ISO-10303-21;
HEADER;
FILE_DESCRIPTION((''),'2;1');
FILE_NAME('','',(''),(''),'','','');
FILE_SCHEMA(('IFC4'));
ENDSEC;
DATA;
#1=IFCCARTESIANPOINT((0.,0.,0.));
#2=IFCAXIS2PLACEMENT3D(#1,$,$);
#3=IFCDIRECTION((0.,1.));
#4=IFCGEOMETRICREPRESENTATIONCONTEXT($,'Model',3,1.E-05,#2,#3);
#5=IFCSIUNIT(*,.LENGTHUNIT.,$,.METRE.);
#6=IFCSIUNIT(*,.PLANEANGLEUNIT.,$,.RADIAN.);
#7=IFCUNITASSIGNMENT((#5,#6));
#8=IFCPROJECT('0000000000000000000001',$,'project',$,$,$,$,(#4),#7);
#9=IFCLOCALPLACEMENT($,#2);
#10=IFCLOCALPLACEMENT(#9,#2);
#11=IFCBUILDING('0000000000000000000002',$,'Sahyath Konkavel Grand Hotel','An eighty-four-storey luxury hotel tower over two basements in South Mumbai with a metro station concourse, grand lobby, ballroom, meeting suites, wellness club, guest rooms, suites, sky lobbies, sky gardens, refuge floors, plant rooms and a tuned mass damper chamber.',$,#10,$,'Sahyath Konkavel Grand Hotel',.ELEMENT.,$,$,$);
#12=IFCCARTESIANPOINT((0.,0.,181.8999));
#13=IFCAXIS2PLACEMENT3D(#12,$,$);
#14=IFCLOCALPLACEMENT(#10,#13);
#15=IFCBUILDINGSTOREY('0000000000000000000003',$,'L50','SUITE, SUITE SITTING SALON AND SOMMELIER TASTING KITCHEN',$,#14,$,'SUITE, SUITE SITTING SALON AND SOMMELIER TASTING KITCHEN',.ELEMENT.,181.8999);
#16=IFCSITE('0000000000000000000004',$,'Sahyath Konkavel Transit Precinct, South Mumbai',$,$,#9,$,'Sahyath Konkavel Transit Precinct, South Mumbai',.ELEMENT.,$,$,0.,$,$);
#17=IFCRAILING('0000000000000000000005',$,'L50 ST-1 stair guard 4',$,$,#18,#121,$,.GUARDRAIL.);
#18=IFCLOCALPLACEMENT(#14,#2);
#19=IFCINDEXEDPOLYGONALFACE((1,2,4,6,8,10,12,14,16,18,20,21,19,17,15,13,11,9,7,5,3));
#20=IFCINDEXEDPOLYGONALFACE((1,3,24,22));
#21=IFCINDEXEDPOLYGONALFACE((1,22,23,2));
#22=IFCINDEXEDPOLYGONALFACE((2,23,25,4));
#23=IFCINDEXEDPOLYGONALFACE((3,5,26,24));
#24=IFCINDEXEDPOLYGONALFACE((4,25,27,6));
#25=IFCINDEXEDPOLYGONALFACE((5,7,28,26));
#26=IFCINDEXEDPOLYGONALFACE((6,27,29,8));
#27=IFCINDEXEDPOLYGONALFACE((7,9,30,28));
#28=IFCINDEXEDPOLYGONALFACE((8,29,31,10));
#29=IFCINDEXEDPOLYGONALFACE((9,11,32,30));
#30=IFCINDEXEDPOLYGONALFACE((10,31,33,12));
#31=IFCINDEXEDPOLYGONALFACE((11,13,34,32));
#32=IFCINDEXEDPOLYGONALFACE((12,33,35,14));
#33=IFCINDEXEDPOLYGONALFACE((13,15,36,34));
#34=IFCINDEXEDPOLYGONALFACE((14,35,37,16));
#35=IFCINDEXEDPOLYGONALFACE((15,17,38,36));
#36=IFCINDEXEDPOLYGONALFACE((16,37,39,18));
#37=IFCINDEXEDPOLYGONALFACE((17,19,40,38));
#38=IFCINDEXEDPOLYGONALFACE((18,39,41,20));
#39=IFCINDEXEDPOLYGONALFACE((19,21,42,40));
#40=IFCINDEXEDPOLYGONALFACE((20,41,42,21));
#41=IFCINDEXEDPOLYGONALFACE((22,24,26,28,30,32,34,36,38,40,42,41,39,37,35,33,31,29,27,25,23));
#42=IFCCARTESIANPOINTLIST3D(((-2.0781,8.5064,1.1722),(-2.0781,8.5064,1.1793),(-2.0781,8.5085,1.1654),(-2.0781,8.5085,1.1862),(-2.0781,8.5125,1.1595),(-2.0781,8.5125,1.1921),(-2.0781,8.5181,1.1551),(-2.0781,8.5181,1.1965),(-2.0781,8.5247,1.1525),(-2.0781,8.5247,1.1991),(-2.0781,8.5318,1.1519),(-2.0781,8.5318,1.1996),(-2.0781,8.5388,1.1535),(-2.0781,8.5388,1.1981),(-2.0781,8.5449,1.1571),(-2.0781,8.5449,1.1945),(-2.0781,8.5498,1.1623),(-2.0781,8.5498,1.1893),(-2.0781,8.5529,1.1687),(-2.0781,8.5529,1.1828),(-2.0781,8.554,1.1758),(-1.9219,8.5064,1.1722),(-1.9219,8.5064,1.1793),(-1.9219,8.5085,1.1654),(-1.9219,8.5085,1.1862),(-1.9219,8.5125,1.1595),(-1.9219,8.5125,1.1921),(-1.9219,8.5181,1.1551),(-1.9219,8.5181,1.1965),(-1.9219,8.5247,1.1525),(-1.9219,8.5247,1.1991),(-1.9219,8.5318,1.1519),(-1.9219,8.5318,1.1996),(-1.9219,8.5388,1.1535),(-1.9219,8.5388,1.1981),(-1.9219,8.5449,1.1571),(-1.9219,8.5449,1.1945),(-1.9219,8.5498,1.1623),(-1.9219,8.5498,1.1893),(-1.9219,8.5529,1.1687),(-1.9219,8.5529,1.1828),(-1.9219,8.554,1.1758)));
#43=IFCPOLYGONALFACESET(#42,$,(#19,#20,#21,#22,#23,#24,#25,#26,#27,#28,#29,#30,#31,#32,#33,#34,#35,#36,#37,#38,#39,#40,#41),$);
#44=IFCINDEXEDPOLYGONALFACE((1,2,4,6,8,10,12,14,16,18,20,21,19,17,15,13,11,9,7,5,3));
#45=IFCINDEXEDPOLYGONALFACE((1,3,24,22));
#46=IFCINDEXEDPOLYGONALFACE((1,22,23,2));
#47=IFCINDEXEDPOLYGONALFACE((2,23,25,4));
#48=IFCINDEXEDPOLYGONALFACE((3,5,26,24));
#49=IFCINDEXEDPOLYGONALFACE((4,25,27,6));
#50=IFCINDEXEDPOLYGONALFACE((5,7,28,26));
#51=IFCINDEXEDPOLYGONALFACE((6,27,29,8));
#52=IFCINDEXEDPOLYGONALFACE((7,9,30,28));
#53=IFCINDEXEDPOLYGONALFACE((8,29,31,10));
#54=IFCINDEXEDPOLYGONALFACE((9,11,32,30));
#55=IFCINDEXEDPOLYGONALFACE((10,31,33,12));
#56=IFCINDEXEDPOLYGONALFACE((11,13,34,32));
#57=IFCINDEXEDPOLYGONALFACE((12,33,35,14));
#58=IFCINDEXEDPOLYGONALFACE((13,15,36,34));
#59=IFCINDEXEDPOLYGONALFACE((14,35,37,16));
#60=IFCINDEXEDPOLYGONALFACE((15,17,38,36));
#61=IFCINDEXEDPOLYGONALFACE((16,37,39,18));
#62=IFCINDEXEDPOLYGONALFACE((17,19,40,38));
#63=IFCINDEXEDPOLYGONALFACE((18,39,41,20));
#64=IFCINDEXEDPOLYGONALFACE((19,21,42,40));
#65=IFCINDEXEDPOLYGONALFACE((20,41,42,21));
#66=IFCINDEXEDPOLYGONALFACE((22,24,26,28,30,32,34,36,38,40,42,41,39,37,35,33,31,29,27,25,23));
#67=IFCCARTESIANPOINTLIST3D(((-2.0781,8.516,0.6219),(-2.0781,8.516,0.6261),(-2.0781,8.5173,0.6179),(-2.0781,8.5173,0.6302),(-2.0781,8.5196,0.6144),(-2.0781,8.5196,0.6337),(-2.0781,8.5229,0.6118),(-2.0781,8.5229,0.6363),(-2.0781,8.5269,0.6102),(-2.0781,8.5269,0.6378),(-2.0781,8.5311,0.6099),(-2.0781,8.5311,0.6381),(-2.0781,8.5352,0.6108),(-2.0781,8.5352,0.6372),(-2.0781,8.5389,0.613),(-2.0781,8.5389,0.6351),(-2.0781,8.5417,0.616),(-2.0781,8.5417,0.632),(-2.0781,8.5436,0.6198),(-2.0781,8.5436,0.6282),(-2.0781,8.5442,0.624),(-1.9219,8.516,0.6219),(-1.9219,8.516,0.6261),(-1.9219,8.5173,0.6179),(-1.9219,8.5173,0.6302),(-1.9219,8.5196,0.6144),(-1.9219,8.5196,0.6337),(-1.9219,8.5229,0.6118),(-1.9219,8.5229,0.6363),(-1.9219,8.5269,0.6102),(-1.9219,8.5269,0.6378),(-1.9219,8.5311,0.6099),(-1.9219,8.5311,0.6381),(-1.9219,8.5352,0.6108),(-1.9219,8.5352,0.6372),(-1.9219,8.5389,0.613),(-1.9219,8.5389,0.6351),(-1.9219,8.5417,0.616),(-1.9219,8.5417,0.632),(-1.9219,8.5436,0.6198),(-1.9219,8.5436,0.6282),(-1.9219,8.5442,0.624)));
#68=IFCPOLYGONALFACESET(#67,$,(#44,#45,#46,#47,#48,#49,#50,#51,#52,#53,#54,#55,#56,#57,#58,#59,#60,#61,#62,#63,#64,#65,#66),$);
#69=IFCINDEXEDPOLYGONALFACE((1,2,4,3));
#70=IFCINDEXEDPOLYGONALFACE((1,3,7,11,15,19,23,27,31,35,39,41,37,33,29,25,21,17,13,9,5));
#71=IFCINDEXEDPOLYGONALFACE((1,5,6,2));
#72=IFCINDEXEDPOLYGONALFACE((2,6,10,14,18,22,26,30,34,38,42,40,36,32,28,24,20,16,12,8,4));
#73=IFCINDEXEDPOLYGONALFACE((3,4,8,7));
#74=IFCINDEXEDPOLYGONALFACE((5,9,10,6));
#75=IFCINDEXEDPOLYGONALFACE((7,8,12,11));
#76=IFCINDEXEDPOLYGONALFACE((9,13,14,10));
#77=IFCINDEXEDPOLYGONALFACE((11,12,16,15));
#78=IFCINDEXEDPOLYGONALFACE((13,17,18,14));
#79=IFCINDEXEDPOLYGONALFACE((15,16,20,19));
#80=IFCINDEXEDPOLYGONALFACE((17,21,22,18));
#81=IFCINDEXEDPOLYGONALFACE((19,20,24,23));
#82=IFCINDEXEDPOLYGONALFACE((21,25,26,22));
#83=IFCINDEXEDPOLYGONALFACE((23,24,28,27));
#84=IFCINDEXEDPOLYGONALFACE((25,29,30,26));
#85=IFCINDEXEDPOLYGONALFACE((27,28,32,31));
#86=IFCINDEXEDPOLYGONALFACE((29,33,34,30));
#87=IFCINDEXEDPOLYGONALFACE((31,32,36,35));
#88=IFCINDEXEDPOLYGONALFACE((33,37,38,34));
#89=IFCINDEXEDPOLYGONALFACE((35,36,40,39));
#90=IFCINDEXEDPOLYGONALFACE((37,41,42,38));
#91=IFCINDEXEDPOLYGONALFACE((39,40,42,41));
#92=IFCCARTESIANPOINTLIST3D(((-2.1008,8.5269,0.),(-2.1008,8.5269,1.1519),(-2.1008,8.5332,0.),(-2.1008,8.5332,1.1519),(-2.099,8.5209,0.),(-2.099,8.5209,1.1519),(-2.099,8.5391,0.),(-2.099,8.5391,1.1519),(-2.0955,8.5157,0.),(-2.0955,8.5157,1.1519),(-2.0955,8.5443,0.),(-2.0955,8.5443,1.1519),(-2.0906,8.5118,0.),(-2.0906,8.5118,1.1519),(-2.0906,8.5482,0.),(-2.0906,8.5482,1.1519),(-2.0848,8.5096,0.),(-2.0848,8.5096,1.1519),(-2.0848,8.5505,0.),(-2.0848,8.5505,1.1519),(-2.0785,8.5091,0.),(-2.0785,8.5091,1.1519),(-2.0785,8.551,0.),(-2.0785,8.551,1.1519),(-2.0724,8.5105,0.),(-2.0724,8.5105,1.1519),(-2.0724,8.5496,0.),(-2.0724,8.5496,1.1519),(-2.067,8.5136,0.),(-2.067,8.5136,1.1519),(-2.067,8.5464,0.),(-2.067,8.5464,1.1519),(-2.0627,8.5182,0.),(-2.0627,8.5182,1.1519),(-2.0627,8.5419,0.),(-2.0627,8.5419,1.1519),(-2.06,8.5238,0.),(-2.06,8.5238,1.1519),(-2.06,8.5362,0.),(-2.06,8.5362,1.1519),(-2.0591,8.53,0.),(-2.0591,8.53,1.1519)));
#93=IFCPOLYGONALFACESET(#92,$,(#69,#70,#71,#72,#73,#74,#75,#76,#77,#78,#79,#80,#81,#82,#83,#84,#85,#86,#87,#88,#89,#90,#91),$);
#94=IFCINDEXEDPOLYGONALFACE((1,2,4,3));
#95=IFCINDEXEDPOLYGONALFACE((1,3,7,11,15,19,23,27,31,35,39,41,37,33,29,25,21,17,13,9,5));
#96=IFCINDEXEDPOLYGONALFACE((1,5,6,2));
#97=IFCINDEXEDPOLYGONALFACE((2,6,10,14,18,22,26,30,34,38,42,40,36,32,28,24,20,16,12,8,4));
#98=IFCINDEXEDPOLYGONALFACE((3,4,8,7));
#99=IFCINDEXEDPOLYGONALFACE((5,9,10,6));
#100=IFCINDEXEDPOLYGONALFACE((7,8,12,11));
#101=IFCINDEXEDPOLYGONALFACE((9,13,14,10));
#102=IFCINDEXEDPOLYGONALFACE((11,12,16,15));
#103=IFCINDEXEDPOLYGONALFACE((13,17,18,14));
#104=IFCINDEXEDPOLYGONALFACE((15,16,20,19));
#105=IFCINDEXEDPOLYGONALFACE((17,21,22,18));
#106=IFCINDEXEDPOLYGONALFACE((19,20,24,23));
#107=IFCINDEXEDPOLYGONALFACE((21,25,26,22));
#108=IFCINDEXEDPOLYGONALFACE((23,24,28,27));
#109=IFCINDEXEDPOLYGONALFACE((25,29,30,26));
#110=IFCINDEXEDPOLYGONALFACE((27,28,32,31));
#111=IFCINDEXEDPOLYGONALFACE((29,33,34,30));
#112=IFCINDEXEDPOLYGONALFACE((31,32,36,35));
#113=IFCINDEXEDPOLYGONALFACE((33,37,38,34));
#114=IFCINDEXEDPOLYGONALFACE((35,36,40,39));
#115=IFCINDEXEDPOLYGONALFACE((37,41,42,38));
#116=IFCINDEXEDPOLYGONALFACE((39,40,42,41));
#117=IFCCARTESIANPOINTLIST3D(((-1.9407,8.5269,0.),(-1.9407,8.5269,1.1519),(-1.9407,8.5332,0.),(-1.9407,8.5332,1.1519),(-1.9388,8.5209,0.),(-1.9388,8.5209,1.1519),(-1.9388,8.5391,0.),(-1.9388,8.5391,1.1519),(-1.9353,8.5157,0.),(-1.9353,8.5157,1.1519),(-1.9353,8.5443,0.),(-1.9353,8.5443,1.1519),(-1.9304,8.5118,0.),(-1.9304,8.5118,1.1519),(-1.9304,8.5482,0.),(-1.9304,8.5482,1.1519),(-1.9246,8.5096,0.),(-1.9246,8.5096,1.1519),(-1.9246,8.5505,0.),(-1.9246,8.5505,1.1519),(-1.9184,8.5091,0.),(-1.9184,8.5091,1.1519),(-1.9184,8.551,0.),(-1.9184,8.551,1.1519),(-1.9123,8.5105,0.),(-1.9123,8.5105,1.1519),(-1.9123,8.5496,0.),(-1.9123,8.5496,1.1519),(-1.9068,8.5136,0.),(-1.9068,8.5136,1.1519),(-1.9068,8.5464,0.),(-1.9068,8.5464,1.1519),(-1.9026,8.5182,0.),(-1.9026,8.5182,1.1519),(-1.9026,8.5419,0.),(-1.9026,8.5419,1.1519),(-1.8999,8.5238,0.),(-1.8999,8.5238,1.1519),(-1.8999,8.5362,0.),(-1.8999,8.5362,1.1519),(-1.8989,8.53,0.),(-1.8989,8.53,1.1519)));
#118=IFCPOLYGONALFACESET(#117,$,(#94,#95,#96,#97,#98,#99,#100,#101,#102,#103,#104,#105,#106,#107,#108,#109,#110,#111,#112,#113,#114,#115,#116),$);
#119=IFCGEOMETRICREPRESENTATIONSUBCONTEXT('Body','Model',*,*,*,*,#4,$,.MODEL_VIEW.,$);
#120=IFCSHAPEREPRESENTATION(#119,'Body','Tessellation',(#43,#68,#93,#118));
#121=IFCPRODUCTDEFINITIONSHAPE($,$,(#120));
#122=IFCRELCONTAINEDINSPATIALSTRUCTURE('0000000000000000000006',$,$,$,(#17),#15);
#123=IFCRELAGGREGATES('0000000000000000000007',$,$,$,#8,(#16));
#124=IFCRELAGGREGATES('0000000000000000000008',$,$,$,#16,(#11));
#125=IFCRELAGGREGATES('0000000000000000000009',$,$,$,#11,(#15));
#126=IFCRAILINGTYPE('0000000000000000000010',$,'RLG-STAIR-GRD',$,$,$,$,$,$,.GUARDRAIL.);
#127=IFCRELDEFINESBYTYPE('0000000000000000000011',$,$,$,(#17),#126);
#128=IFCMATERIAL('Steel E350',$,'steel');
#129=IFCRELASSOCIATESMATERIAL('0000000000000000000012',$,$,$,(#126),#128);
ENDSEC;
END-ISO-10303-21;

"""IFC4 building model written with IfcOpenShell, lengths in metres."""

from ifc_helpers import new_model, si_unit, direction, frame, origin, origin_2d, place, context, subcontext, project, spatial, circle, extrude, material, type_object, element, save


model = new_model("IFC4")

# Units and contexts
model_context = context("Model", 3, precision=1e-05, world=origin(), true_north=direction((0.0, 1.0)))
body_context = subcontext(model_context, "Body", "Model", "MODEL_VIEW")
ifc_project = project(units=[si_unit("LENGTHUNIT", "METRE"), si_unit("PLANEANGLEUNIT", "RADIAN")], contexts=[model_context])

# Site, building, storey
site_placement = place(None, origin())
site = spatial("IfcSite", under=ifc_project, at=site_placement, Name="Sahyath Konkavel Transit Precinct, South Mumbai", LongName="Sahyath Konkavel Transit Precinct, South Mumbai", CompositionType="ELEMENT", RefElevation=0.0)
building_placement = place(site_placement, origin())
building = spatial("IfcBuilding", under=site, at=building_placement, Name="Sahyath Konkavel Grand Hotel", Description="An eighty-four-storey luxury hotel tower over two basements in South Mumbai with a metro station concourse, grand lobby, ballroom, meeting suites, wellness club, guest rooms, suites, sky lobbies, sky gardens, refuge floors, plant rooms and a tuned mass damper chamber.", LongName="Sahyath Konkavel Grand Hotel", CompositionType="ELEMENT")
storey_placement = place(building_placement, frame((0.0, 0.0, 181.8999)))
storey = spatial("IfcBuildingStorey", under=building, at=storey_placement, Name="L50", Description="SUITE, SUITE SITTING SALON AND SOMMELIER TASTING KITCHEN", LongName="SUITE, SUITE SITTING SALON AND SOMMELIER TASTING KITCHEN", CompositionType="ELEMENT", Elevation=181.8999)

# Shared definitions
ifc_material_1 = material(Name="Steel E350", Category="steel")

# Railing
railing_type_1 = type_object("IfcRailingType", Name="RLG-STAIR-GRD", PredefinedType="GUARDRAIL", material=ifc_material_1)
railing_1_placement = place(storey_placement, frame((-2.0801, 8.53, 0.0)))
element("IfcRailing", 1, at=railing_1_placement, inside=storey, type_object=railing_type_1, Name="L50 ST-1 stair guard 4", PredefinedType="GUARDRAIL", context=body_context, shape_type="SweptSolid", body=[
    extrude(circle(Radius=0.0239, at=origin_2d()), frame((0.002, 0.0, 1.1758), z_axis=(1.0, 0.0, 0.0), x_axis=(0.0, 1.0, 0.0)), (0.0, 0.0, 1.0), 0.1562),
    extrude(circle(Radius=0.0142, at=origin_2d()), frame((0.002, 0.0, 0.624), z_axis=(1.0, 0.0, 0.0), x_axis=(0.0, 1.0, 0.0)), (0.0, 0.0, 1.0), 0.1562),
    extrude(circle(Radius=0.021, at=origin_2d()), origin(), (0.0, 0.0, 1.0), 1.1519),
    extrude(circle(Radius=0.021, at=origin_2d()), frame((0.1602, 0.0, 0.0)), (0.0, 0.0, 1.0), 1.1519),
])

save(model, "model.ifc")
